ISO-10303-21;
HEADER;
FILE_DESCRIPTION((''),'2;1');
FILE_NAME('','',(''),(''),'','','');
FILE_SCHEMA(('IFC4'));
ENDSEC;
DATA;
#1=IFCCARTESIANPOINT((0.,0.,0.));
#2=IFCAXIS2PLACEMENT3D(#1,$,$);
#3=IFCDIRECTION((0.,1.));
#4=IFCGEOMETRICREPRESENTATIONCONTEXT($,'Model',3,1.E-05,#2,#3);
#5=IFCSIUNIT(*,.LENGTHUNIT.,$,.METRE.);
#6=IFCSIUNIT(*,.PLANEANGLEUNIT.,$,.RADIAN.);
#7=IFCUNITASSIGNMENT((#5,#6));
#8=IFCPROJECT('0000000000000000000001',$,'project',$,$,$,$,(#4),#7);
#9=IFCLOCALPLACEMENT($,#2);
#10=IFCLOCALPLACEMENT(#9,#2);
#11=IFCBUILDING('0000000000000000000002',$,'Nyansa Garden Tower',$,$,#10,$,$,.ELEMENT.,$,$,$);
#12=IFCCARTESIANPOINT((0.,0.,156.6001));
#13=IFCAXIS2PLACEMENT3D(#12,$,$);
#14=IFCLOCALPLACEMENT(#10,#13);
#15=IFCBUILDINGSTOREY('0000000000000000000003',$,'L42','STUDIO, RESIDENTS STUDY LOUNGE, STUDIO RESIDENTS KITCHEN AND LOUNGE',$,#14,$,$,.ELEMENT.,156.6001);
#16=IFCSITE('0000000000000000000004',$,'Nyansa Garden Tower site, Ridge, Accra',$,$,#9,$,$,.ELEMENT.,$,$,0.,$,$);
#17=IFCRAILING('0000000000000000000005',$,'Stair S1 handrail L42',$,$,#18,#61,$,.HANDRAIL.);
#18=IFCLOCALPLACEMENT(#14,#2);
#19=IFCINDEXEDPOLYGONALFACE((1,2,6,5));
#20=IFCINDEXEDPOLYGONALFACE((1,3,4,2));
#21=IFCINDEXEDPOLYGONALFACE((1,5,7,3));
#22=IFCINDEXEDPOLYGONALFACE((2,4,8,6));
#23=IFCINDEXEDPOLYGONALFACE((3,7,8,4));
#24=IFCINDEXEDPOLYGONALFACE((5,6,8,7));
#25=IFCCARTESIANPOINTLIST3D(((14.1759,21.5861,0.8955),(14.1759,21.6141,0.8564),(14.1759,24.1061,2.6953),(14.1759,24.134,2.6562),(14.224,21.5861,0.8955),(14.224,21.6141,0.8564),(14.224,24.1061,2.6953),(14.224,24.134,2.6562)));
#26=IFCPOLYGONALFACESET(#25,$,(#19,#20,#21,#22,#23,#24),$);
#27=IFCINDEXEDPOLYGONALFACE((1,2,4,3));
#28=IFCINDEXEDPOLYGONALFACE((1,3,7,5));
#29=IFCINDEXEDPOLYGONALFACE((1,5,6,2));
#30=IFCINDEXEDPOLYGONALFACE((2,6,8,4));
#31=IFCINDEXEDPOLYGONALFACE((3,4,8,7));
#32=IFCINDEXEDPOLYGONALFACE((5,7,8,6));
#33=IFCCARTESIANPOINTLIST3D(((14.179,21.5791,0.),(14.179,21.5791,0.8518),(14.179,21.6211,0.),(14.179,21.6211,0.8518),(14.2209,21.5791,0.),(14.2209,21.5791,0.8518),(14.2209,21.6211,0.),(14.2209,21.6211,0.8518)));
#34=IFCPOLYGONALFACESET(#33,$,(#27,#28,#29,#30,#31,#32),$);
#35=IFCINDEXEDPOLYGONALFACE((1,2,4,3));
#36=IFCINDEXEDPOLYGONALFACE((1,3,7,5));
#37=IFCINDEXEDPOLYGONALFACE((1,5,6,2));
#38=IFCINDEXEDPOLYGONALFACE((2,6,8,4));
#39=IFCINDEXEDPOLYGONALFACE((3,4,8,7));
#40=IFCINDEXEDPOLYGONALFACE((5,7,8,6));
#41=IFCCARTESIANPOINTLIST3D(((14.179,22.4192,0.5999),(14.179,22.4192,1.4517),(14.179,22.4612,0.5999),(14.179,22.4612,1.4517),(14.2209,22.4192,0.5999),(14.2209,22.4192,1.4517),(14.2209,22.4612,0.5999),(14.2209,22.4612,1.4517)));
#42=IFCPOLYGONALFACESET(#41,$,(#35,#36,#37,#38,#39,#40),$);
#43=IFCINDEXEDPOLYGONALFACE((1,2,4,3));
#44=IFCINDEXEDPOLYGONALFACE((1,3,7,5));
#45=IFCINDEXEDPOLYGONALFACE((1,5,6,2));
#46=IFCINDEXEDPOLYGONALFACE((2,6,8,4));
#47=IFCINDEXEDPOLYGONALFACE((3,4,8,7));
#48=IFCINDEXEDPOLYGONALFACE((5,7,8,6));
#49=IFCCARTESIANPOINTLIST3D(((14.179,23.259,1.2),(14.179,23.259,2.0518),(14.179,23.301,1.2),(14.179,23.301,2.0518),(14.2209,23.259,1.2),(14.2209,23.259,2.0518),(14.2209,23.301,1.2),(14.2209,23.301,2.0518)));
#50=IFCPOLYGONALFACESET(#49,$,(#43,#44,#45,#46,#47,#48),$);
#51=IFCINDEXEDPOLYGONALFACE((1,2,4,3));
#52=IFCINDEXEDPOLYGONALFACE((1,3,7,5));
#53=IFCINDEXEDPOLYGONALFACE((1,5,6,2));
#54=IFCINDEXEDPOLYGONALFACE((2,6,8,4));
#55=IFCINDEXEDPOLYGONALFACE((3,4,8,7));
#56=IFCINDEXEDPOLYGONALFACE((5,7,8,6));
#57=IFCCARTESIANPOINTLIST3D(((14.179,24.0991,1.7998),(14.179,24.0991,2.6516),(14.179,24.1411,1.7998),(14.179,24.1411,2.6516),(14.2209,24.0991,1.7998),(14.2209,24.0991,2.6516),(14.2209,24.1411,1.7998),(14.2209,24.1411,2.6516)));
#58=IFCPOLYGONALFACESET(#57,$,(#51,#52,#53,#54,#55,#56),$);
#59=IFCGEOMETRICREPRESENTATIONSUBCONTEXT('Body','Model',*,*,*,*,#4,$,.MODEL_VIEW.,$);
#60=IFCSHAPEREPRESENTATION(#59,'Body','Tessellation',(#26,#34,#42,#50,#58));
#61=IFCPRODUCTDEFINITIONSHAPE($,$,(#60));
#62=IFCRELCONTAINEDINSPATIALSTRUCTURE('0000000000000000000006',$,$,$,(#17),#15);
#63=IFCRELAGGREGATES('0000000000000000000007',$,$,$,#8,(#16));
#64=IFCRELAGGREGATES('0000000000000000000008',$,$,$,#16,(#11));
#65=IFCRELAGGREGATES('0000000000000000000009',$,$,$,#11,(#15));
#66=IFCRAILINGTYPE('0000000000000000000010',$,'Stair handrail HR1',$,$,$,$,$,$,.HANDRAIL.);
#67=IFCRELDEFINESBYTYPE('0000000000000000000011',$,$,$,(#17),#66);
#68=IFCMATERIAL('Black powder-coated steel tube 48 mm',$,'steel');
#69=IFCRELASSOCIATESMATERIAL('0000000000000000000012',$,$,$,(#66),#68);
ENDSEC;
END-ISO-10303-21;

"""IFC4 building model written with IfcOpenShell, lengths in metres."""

from ifc_helpers import new_model, si_unit, direction, frame, origin, origin_2d, place, context, subcontext, project, spatial, rectangle, extrude, material, type_object, element, save


model = new_model("IFC4")

# Units and contexts
model_context = context("Model", 3, precision=1e-05, world=origin(), true_north=direction((0.0, 1.0)))
body_context = subcontext(model_context, "Body", "Model", "MODEL_VIEW")
ifc_project = project(units=[si_unit("LENGTHUNIT", "METRE"), si_unit("PLANEANGLEUNIT", "RADIAN")], contexts=[model_context])

# Site, building, storey
site_placement = place(None, origin())
site = spatial("IfcSite", under=ifc_project, at=site_placement, Name="Nyansa Garden Tower site, Ridge, Accra", CompositionType="ELEMENT", RefElevation=0.0)
building_placement = place(site_placement, origin())
building = spatial("IfcBuilding", under=site, at=building_placement, Name="Nyansa Garden Tower", CompositionType="ELEMENT")
storey_placement = place(building_placement, frame((0.0, 0.0, 156.6001)))
storey = spatial("IfcBuildingStorey", under=building, at=storey_placement, Name="L42", Description="STUDIO, RESIDENTS STUDY LOUNGE, STUDIO RESIDENTS KITCHEN AND LOUNGE", CompositionType="ELEMENT", Elevation=156.6001)

# Railing
ifc_material_1 = material(Name="Black powder-coated steel tube 48 mm", Category="steel")
railing_type = type_object("IfcRailingType", Name="Stair handrail HR1", PredefinedType="HANDRAIL", material=ifc_material_1)
railing_placement = place(storey_placement, frame((14.2, 21.6001, 0.0)))
element("IfcRailing", 1, at=railing_placement, inside=storey, type_object=railing_type, Name="Stair S1 handrail L42", PredefinedType="HANDRAIL", context=body_context, shape_type="SweptSolid", body=[
    extrude(rectangle(XDim=0.0481, YDim=0.0481, at=origin_2d()), frame((0.0, 0.0, 0.876), z_axis=(0.0, 0.813765, 0.581193), x_axis=(-1.0, 0.0, 0.0)), (0.0, 0.0, 1.0), 3.0967),
    extrude(rectangle(XDim=0.042, YDim=0.042, at=origin_2d()), origin(), (0.0, 0.0, 1.0), 0.8518),
    extrude(rectangle(XDim=0.042, YDim=0.042, at=origin_2d()), frame((0.0, 0.8401, 0.5999)), (0.0, 0.0, 1.0), 0.8518),
    extrude(rectangle(XDim=0.042, YDim=0.042, at=origin_2d()), frame((0.0, 1.6799, 1.2)), (0.0, 0.0, 1.0), 0.8518),
    extrude(rectangle(XDim=0.042, YDim=0.042, at=origin_2d()), frame((0.0, 2.52, 1.7998)), (0.0, 0.0, 1.0), 0.8518),
])

save(model, "model.ifc")
